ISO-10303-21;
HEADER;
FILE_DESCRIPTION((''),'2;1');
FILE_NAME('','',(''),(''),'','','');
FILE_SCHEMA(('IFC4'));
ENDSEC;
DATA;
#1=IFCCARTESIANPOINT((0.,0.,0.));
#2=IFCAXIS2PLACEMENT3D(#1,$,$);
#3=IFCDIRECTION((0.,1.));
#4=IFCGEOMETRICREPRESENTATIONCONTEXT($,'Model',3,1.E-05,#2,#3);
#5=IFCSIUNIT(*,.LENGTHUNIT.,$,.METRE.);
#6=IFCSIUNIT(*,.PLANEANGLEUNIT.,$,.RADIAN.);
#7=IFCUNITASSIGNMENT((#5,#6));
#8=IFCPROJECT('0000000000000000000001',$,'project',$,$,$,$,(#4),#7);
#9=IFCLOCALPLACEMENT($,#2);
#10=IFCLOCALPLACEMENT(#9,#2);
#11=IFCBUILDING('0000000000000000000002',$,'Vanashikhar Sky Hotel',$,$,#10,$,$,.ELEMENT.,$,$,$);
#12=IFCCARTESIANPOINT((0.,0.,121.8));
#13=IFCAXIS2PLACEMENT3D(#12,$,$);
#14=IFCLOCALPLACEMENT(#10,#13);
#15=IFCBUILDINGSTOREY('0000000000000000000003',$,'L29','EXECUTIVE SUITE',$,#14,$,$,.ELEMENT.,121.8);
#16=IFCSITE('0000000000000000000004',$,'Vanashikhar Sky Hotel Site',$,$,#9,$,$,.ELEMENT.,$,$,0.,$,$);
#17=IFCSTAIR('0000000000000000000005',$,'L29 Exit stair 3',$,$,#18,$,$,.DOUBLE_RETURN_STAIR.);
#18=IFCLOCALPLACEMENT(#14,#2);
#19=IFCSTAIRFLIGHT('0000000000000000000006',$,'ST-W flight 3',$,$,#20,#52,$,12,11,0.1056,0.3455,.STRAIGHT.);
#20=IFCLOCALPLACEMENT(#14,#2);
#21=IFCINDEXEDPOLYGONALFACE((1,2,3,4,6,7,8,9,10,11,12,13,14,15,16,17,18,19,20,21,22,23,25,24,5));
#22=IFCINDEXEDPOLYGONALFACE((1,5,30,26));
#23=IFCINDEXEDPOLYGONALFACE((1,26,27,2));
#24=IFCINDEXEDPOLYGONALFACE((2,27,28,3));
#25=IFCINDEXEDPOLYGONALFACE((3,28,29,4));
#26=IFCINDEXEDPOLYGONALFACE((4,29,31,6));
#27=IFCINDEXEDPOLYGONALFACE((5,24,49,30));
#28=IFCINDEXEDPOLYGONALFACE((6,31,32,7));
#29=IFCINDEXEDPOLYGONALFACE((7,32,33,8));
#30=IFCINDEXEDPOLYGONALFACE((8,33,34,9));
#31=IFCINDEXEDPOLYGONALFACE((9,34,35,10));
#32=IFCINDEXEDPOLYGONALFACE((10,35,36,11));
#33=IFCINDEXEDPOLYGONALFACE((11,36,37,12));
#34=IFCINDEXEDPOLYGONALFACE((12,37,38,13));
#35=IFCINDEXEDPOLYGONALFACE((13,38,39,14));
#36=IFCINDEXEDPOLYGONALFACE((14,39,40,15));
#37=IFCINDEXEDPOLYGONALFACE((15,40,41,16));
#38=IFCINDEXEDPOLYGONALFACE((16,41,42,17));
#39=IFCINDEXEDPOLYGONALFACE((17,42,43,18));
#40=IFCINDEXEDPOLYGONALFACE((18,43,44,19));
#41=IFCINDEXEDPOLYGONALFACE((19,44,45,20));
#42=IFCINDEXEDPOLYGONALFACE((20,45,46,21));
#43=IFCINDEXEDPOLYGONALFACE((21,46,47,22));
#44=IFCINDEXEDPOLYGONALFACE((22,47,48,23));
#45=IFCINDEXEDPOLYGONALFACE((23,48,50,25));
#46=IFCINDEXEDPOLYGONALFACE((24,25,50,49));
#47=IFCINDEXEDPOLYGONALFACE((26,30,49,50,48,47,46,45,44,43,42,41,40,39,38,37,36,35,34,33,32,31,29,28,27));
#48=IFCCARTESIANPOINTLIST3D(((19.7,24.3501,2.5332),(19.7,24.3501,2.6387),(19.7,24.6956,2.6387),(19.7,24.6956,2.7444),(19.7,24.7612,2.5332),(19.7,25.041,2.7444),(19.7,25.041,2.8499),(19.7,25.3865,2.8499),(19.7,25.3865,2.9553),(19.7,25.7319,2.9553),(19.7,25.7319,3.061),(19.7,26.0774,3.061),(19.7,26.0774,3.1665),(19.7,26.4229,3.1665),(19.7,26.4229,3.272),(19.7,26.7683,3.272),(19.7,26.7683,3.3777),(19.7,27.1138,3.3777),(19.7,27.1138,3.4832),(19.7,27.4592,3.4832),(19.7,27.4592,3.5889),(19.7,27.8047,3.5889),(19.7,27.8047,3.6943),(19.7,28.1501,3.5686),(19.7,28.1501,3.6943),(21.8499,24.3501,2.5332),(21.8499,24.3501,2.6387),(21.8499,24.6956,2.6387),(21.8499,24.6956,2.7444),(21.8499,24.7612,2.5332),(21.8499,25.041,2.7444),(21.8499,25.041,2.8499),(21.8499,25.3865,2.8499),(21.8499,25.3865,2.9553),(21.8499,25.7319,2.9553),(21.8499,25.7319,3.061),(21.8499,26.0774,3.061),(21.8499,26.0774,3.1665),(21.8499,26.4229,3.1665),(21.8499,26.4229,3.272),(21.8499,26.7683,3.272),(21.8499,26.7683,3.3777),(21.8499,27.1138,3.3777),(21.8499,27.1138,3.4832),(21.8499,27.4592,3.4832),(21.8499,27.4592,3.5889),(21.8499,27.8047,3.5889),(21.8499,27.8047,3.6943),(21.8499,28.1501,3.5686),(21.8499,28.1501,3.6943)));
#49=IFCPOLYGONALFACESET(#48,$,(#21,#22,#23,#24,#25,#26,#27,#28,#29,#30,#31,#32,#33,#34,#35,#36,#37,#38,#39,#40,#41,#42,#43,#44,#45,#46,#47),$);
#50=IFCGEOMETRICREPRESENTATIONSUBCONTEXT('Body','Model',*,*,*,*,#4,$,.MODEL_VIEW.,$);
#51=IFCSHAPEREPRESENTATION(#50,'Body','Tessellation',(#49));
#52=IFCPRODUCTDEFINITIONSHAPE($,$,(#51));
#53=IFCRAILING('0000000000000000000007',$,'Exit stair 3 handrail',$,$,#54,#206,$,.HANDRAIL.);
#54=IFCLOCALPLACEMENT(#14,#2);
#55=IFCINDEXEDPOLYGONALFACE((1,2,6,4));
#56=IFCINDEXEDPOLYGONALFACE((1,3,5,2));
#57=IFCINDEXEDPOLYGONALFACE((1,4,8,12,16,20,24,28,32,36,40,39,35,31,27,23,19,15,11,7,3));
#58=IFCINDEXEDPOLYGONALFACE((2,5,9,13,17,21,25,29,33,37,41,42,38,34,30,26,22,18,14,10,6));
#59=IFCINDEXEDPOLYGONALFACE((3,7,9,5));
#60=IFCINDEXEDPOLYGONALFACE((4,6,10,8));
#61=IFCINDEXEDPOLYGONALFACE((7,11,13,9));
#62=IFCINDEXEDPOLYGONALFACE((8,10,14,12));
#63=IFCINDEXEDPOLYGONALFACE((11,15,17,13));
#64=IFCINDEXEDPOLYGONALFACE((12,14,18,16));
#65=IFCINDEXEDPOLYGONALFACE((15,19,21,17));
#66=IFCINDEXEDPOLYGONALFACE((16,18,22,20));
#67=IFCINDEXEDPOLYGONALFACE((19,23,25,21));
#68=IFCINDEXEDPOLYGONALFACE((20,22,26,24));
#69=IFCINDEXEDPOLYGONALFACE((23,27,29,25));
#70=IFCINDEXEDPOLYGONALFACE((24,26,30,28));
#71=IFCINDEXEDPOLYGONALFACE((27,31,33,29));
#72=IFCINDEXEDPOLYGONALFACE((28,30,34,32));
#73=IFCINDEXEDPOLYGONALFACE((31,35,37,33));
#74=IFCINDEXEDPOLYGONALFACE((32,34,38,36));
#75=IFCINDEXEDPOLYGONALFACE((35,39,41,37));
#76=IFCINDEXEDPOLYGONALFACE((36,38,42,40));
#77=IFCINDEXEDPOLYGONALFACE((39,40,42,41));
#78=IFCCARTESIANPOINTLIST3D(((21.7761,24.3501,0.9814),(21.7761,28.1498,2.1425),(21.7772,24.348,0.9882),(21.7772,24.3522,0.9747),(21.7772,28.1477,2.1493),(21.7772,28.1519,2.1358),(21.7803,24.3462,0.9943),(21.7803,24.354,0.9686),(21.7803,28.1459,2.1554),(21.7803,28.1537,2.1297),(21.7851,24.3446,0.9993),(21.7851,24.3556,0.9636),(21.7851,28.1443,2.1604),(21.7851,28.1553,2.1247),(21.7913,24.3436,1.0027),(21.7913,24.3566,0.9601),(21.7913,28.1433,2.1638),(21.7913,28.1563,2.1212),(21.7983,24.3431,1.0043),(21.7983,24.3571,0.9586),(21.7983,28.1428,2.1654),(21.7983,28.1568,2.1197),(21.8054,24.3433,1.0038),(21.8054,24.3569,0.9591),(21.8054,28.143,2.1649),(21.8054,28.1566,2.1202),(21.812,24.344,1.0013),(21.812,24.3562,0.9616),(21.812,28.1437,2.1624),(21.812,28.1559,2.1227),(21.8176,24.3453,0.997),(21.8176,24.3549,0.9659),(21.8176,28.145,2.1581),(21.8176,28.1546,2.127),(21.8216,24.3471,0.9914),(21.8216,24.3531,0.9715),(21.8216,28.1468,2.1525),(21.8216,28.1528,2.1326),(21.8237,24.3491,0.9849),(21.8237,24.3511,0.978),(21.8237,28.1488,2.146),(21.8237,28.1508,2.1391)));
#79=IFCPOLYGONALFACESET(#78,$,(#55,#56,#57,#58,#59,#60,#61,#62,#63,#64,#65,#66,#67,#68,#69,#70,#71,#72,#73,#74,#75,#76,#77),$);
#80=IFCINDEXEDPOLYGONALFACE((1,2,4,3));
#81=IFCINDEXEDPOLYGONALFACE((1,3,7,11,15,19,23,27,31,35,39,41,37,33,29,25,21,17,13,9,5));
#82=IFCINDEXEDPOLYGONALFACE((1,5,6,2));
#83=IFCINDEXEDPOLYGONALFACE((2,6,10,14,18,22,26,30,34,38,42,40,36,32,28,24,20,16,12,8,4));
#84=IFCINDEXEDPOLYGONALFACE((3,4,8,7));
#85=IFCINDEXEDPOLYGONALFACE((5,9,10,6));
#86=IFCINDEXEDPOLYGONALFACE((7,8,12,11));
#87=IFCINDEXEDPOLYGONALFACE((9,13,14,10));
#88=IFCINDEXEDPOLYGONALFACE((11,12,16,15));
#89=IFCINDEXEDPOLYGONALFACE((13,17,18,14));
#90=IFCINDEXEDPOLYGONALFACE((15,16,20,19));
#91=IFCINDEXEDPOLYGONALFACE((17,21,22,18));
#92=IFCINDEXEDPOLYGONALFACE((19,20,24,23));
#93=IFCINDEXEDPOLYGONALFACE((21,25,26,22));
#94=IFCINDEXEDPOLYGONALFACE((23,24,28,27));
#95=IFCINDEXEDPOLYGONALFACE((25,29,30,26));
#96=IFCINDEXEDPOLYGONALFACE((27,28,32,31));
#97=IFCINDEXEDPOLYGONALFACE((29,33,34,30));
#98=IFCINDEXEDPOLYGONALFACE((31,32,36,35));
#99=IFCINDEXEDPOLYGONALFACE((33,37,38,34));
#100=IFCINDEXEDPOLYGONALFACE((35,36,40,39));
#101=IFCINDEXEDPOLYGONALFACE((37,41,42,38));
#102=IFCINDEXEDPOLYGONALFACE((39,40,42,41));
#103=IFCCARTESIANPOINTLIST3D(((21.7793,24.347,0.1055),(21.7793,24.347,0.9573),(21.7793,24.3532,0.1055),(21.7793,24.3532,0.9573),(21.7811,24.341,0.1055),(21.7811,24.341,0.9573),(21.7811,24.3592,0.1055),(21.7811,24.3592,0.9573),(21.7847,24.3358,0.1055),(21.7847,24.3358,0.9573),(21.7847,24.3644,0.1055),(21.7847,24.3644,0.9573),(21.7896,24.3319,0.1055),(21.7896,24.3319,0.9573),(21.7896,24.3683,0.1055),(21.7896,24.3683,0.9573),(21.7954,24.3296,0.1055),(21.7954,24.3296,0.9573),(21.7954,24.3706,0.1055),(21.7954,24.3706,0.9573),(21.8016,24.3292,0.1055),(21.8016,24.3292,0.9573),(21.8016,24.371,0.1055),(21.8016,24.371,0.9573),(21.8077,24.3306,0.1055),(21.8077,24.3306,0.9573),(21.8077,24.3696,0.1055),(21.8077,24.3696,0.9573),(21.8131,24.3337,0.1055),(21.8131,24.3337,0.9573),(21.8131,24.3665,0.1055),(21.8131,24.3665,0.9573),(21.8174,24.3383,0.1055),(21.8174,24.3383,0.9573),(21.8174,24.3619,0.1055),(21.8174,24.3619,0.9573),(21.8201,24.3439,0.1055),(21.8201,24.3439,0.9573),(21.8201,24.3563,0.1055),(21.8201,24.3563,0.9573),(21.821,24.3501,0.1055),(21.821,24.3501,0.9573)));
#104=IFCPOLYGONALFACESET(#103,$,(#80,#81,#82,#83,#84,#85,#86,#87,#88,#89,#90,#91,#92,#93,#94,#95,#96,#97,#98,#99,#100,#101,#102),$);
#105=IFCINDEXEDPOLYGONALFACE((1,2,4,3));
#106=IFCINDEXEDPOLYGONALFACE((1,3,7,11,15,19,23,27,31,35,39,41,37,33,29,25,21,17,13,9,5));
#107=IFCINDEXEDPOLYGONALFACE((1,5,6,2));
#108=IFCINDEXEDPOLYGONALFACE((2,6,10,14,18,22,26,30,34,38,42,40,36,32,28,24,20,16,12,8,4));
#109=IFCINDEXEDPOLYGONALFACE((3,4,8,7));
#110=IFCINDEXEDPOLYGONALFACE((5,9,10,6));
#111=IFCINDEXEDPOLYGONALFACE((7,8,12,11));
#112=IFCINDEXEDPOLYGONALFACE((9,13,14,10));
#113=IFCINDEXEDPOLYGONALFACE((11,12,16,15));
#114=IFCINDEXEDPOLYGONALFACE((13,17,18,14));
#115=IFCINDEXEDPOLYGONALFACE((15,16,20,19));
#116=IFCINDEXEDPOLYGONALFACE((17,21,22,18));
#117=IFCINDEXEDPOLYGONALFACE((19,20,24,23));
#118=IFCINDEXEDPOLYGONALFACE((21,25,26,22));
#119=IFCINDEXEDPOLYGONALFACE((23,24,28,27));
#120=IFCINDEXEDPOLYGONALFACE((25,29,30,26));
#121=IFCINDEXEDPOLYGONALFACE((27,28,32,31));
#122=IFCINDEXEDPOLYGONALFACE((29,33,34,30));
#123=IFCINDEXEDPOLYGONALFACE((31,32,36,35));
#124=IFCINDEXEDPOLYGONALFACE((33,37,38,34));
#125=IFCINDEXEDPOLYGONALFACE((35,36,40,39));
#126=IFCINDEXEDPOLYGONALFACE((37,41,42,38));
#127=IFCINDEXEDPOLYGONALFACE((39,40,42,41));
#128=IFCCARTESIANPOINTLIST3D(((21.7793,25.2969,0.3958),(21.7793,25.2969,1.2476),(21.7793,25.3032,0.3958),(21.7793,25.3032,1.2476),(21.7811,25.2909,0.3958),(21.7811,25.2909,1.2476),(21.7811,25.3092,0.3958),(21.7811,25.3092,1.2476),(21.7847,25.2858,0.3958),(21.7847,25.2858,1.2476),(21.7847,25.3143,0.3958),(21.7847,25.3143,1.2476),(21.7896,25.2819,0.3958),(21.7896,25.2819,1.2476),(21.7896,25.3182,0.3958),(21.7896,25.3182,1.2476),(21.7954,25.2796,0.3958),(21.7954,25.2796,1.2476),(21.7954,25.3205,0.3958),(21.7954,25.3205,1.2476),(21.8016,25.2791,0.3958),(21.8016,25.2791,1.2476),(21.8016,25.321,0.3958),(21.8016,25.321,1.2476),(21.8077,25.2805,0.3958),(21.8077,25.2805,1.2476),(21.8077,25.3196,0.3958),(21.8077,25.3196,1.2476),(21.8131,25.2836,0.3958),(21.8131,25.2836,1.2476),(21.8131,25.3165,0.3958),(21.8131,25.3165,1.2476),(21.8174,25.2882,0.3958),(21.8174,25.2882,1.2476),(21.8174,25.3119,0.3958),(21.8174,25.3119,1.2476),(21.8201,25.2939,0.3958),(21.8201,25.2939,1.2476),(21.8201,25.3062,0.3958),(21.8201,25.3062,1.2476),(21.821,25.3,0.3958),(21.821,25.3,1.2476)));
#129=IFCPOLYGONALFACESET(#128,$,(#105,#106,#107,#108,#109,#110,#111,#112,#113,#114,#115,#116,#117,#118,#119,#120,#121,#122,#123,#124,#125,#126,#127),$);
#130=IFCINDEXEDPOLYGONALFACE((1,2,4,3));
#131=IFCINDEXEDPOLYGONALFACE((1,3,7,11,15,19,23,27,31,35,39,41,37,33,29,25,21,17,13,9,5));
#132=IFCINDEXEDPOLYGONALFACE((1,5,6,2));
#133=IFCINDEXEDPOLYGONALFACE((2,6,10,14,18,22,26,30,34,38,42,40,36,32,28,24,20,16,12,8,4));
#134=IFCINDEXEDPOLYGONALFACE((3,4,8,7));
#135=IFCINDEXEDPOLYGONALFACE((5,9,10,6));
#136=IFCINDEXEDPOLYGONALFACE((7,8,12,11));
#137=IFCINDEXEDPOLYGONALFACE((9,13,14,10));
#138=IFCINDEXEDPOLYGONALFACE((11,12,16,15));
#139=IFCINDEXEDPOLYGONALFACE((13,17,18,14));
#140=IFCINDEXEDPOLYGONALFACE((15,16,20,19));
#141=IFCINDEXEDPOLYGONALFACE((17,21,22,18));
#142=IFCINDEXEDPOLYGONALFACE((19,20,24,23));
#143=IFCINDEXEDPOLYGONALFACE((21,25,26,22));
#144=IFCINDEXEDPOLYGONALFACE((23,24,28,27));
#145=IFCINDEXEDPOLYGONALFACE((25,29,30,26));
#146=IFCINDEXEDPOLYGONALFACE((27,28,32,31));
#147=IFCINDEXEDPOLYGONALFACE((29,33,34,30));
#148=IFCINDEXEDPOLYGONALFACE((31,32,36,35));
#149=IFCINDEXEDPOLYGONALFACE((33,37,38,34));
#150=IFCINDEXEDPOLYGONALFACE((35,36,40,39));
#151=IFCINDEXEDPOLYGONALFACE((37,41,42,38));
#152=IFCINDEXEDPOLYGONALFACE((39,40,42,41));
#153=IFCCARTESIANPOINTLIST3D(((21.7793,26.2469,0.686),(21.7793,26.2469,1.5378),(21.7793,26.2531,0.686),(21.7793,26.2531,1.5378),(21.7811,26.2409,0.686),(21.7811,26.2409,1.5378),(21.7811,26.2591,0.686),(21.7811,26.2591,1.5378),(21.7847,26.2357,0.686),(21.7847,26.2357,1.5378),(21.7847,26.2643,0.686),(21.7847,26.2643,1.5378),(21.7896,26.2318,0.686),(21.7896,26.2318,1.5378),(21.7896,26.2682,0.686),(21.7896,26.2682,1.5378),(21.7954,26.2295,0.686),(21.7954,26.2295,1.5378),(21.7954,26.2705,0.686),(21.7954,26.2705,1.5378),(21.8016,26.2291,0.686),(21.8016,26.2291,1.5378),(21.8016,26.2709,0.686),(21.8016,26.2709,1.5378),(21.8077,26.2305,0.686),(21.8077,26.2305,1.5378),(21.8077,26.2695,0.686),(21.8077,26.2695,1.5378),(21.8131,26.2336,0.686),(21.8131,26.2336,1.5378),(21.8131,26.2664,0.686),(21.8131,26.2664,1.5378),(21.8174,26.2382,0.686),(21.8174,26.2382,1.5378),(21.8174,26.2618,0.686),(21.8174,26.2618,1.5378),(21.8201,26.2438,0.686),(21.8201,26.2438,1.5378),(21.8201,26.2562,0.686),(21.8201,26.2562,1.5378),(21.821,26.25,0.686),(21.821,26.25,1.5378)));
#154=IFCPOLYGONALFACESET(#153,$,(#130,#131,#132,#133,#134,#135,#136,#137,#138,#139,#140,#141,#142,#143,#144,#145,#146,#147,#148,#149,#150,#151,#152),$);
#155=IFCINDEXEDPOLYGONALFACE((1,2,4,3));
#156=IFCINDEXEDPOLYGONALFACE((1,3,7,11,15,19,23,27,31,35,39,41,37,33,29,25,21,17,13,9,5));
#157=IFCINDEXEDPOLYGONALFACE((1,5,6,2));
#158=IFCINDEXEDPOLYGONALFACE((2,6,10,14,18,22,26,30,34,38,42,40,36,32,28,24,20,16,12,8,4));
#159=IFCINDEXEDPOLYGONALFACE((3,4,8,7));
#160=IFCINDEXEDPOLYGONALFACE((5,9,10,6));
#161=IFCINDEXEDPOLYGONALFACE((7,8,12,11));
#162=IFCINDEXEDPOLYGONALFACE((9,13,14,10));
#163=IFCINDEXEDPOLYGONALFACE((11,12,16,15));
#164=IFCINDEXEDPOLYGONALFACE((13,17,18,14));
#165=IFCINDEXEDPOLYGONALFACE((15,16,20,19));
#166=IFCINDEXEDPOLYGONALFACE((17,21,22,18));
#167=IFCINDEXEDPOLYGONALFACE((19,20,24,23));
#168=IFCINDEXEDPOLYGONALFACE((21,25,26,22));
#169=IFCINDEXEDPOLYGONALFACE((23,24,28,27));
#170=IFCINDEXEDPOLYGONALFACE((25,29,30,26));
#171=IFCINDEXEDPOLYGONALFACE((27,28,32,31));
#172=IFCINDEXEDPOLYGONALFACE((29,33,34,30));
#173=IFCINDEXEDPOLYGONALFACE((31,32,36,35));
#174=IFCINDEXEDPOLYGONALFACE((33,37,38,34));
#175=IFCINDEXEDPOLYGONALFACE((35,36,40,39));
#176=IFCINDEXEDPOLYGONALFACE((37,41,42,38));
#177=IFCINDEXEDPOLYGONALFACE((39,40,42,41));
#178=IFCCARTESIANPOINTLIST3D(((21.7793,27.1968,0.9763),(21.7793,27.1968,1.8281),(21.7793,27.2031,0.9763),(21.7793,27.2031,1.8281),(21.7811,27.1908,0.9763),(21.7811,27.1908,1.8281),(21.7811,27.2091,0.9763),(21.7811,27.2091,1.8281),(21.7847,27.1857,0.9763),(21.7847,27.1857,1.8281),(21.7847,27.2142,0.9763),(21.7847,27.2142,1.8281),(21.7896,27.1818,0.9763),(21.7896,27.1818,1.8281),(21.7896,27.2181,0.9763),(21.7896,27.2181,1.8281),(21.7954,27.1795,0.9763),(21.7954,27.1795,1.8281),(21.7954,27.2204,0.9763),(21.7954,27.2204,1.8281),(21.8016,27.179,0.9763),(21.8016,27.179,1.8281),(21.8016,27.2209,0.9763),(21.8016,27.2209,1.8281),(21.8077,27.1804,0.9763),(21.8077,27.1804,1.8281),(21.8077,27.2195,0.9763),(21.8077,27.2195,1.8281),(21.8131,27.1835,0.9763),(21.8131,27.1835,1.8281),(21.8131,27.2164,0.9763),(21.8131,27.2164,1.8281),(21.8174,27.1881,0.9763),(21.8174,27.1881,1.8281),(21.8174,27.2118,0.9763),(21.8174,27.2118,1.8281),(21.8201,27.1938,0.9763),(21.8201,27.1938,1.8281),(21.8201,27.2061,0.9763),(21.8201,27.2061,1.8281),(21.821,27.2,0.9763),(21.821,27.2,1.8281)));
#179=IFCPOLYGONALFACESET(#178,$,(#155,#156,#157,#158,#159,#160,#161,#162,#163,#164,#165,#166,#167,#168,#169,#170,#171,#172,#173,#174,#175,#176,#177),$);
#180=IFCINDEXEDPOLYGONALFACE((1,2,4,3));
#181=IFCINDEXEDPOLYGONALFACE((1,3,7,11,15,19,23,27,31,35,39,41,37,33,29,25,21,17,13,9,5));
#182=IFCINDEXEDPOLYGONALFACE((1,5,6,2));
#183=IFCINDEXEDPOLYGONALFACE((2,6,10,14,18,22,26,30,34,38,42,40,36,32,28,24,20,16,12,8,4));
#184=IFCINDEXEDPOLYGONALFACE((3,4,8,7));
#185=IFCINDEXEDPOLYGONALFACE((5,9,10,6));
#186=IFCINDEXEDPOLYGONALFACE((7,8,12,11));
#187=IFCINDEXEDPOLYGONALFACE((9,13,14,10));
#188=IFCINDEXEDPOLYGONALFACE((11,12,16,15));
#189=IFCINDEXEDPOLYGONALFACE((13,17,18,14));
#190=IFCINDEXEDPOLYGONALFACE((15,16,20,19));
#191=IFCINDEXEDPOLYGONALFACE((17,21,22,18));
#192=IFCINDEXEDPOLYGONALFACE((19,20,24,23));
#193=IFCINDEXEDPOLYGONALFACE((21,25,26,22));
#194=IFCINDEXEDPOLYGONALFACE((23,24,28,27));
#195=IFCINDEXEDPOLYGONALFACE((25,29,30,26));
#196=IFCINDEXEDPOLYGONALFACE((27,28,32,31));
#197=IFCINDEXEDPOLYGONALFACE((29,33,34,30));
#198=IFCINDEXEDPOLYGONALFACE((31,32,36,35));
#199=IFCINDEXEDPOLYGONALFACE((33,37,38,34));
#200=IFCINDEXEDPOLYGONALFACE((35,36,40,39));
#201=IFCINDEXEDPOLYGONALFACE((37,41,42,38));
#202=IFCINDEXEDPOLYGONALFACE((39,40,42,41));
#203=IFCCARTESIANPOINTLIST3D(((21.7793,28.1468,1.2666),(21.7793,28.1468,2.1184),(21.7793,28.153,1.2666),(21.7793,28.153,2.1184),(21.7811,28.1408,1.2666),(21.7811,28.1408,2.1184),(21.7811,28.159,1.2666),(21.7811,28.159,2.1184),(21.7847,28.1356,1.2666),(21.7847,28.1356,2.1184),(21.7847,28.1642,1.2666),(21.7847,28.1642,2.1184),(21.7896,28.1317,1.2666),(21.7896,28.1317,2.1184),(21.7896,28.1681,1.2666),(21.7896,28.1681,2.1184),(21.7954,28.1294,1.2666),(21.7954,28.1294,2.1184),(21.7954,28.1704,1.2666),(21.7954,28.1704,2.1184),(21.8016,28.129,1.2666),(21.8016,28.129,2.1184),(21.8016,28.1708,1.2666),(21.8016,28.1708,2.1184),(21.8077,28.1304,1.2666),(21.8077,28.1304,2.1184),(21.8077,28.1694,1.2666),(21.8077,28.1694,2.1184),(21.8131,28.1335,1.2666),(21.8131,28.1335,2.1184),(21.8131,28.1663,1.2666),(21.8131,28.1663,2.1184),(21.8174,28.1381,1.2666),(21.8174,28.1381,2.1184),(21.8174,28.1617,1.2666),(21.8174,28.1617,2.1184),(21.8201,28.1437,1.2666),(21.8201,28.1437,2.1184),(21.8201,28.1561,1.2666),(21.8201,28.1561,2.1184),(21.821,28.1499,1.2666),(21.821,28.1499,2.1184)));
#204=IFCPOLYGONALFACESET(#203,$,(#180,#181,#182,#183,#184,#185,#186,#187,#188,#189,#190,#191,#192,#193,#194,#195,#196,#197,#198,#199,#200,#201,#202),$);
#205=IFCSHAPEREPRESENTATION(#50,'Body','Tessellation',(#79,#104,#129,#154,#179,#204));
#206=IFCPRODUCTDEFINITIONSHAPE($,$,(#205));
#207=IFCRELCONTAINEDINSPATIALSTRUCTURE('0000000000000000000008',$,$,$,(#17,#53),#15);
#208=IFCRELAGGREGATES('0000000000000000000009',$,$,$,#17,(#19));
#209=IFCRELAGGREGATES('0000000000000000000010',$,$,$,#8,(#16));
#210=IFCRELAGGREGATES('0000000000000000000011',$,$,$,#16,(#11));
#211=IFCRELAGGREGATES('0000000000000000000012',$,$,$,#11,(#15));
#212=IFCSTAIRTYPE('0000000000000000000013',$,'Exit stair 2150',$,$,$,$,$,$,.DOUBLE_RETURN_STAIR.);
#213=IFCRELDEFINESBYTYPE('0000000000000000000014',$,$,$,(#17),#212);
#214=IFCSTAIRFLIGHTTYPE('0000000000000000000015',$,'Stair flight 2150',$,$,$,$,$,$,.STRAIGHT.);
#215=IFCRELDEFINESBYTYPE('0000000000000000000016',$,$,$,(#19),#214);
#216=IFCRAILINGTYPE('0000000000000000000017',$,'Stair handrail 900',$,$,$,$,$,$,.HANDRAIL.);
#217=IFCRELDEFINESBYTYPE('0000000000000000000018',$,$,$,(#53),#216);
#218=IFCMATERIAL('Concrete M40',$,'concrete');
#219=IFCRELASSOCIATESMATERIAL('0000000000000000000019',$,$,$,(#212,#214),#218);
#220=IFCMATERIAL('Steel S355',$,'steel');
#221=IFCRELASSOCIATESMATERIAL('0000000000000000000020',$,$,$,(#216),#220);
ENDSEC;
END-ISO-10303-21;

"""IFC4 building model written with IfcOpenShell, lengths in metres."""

from ifc_helpers import new_model, si_unit, direction, frame, origin, origin_2d, place, context, subcontext, project, spatial, polyline, circle, outline, extrude, source, transform, mapped, material, type_object, element, aggregate, save


model = new_model("IFC4")

# Units and contexts
model_context = context("Model", 3, precision=1e-05, world=origin(), true_north=direction((0.0, 1.0)))
body_context = subcontext(model_context, "Body", "Model", "MODEL_VIEW")
ifc_project = project(units=[si_unit("LENGTHUNIT", "METRE"), si_unit("PLANEANGLEUNIT", "RADIAN")], contexts=[model_context])

# Site, building, storey
site_placement = place(None, origin())
site = spatial("IfcSite", under=ifc_project, at=site_placement, Name="Vanashikhar Sky Hotel Site", CompositionType="ELEMENT", RefElevation=0.0)
building_placement = place(site_placement, origin())
building = spatial("IfcBuilding", under=site, at=building_placement, Name="Vanashikhar Sky Hotel", CompositionType="ELEMENT")
storey_placement = place(building_placement, frame((0.0, 0.0, 121.8)))
storey = spatial("IfcBuildingStorey", under=building, at=storey_placement, Name="L29", Description="EXECUTIVE SUITE", CompositionType="ELEMENT", Elevation=121.8)

# Stair, stair flight
ifc_material_1 = material(Name="Concrete M40", Category="concrete")
stair_type = type_object("IfcStairType", Name="Exit stair 2150", PredefinedType="DOUBLE_RETURN_STAIR", material=ifc_material_1)
stair_placement = place(storey_placement, origin())
stair = element("IfcStair", 1, at=stair_placement, inside=storey, type_object=stair_type, Name="L29 Exit stair 3", PredefinedType="DOUBLE_RETURN_STAIR")
stair_flight_type = type_object("IfcStairFlightType", Name="Stair flight 2150", PredefinedType="STRAIGHT", material=ifc_material_1)
shared_shape_1 = source(origin(), body_context, "Body", "SweptSolid", [
    extrude(outline(polyline([(0.0, 0.0), (0.0, 0.1055), (0.3455, 0.1055), (0.3455, 0.2112), (0.6909, 0.2112), (0.6909, 0.3167), (1.0364, 0.3167), (1.0364, 0.4221), (1.3818, 0.4221), (1.3818, 0.5278), (1.7273, 0.5278), (1.7273, 0.6333), (2.0728, 0.6333), (2.0728, 0.7388), (2.4182, 0.7388), (2.4182, 0.8445), (2.7637, 0.8445), (2.7637, 0.95), (3.1091, 0.95), (3.1091, 1.0557), (3.4546, 1.0557), (3.4546, 1.1611), (3.8, 1.1611), (3.8, 1.2666), (3.8, 1.0354), (0.4111, 0.0), (0.0, 0.0)])), frame((0.0, 1.075, 0.0), z_axis=(0.0, -1.0, 0.0), x_axis=(1.0, 0.0, 0.0)), (0.0, 0.0, 1.0), 2.1499),
])
stair_flight_1_placement = place(storey_placement, frame((20.7749, 24.3501, 2.5332), z_axis=(0.0, 0.0, 1.0), x_axis=(0.0, 1.0, 0.0)))
stair_flight_1 = element("IfcStairFlight", 2, at=stair_flight_1_placement, type_object=stair_flight_type, Name="ST-W flight 3", NumberOfRisers=12, NumberOfTreads=11, PredefinedType="STRAIGHT", RiserHeight=0.1056, TreadLength=0.3455, context=body_context, shape_type="MappedRepresentation", body=[
    mapped(shared_shape_1, transform((0.0, 0.0, 0.0), scale=1.0)),
])
aggregate(stair, [stair_flight_1])

# Railing
ifc_material_2 = material(Name="Steel S355", Category="steel")
railing_type_1 = type_object("IfcRailingType", Name="Stair handrail 900", PredefinedType="HANDRAIL", material=ifc_material_2)
shared_shape_2 = source(origin(), body_context, "Body", "SweptSolid", [
    extrude(circle(Radius=0.0239, at=origin_2d()), frame((0.0, 0.0, 0.876), z_axis=(0.0, 0.956346, 0.292237), x_axis=(-1.0, 0.0, 0.0)), (0.0, 0.0, 1.0), 3.9731),
    extrude(circle(Radius=0.021, at=origin_2d()), origin(), (0.0, 0.0, 1.0), 0.8518),
    extrude(circle(Radius=0.021, at=origin_2d()), frame((0.0, 0.95, 0.2903)), (0.0, 0.0, 1.0), 0.8518),
    extrude(circle(Radius=0.021, at=origin_2d()), frame((0.0, 1.8999, 0.5806)), (0.0, 0.0, 1.0), 0.8518),
    extrude(circle(Radius=0.021, at=origin_2d()), frame((0.0, 2.8499, 0.8708)), (0.0, 0.0, 1.0), 0.8518),
    extrude(circle(Radius=0.021, at=origin_2d()), frame((0.0, 3.7998, 1.1611)), (0.0, 0.0, 1.0), 0.8518),
])
for number, where, name in (
    (3, (21.8, 24.3501, 0.1055), "Exit stair 3 handrail"),
):
    element("IfcRailing", number, at=place(storey_placement, frame(where)), inside=storey, type_object=railing_type_1, Name=name, PredefinedType="HANDRAIL", context=body_context, shape_type="MappedRepresentation", body=[
        mapped(shared_shape_2, transform((0.0, 0.0, 0.0), scale=1.0)),
    ])

save(model, "model.ifc")
